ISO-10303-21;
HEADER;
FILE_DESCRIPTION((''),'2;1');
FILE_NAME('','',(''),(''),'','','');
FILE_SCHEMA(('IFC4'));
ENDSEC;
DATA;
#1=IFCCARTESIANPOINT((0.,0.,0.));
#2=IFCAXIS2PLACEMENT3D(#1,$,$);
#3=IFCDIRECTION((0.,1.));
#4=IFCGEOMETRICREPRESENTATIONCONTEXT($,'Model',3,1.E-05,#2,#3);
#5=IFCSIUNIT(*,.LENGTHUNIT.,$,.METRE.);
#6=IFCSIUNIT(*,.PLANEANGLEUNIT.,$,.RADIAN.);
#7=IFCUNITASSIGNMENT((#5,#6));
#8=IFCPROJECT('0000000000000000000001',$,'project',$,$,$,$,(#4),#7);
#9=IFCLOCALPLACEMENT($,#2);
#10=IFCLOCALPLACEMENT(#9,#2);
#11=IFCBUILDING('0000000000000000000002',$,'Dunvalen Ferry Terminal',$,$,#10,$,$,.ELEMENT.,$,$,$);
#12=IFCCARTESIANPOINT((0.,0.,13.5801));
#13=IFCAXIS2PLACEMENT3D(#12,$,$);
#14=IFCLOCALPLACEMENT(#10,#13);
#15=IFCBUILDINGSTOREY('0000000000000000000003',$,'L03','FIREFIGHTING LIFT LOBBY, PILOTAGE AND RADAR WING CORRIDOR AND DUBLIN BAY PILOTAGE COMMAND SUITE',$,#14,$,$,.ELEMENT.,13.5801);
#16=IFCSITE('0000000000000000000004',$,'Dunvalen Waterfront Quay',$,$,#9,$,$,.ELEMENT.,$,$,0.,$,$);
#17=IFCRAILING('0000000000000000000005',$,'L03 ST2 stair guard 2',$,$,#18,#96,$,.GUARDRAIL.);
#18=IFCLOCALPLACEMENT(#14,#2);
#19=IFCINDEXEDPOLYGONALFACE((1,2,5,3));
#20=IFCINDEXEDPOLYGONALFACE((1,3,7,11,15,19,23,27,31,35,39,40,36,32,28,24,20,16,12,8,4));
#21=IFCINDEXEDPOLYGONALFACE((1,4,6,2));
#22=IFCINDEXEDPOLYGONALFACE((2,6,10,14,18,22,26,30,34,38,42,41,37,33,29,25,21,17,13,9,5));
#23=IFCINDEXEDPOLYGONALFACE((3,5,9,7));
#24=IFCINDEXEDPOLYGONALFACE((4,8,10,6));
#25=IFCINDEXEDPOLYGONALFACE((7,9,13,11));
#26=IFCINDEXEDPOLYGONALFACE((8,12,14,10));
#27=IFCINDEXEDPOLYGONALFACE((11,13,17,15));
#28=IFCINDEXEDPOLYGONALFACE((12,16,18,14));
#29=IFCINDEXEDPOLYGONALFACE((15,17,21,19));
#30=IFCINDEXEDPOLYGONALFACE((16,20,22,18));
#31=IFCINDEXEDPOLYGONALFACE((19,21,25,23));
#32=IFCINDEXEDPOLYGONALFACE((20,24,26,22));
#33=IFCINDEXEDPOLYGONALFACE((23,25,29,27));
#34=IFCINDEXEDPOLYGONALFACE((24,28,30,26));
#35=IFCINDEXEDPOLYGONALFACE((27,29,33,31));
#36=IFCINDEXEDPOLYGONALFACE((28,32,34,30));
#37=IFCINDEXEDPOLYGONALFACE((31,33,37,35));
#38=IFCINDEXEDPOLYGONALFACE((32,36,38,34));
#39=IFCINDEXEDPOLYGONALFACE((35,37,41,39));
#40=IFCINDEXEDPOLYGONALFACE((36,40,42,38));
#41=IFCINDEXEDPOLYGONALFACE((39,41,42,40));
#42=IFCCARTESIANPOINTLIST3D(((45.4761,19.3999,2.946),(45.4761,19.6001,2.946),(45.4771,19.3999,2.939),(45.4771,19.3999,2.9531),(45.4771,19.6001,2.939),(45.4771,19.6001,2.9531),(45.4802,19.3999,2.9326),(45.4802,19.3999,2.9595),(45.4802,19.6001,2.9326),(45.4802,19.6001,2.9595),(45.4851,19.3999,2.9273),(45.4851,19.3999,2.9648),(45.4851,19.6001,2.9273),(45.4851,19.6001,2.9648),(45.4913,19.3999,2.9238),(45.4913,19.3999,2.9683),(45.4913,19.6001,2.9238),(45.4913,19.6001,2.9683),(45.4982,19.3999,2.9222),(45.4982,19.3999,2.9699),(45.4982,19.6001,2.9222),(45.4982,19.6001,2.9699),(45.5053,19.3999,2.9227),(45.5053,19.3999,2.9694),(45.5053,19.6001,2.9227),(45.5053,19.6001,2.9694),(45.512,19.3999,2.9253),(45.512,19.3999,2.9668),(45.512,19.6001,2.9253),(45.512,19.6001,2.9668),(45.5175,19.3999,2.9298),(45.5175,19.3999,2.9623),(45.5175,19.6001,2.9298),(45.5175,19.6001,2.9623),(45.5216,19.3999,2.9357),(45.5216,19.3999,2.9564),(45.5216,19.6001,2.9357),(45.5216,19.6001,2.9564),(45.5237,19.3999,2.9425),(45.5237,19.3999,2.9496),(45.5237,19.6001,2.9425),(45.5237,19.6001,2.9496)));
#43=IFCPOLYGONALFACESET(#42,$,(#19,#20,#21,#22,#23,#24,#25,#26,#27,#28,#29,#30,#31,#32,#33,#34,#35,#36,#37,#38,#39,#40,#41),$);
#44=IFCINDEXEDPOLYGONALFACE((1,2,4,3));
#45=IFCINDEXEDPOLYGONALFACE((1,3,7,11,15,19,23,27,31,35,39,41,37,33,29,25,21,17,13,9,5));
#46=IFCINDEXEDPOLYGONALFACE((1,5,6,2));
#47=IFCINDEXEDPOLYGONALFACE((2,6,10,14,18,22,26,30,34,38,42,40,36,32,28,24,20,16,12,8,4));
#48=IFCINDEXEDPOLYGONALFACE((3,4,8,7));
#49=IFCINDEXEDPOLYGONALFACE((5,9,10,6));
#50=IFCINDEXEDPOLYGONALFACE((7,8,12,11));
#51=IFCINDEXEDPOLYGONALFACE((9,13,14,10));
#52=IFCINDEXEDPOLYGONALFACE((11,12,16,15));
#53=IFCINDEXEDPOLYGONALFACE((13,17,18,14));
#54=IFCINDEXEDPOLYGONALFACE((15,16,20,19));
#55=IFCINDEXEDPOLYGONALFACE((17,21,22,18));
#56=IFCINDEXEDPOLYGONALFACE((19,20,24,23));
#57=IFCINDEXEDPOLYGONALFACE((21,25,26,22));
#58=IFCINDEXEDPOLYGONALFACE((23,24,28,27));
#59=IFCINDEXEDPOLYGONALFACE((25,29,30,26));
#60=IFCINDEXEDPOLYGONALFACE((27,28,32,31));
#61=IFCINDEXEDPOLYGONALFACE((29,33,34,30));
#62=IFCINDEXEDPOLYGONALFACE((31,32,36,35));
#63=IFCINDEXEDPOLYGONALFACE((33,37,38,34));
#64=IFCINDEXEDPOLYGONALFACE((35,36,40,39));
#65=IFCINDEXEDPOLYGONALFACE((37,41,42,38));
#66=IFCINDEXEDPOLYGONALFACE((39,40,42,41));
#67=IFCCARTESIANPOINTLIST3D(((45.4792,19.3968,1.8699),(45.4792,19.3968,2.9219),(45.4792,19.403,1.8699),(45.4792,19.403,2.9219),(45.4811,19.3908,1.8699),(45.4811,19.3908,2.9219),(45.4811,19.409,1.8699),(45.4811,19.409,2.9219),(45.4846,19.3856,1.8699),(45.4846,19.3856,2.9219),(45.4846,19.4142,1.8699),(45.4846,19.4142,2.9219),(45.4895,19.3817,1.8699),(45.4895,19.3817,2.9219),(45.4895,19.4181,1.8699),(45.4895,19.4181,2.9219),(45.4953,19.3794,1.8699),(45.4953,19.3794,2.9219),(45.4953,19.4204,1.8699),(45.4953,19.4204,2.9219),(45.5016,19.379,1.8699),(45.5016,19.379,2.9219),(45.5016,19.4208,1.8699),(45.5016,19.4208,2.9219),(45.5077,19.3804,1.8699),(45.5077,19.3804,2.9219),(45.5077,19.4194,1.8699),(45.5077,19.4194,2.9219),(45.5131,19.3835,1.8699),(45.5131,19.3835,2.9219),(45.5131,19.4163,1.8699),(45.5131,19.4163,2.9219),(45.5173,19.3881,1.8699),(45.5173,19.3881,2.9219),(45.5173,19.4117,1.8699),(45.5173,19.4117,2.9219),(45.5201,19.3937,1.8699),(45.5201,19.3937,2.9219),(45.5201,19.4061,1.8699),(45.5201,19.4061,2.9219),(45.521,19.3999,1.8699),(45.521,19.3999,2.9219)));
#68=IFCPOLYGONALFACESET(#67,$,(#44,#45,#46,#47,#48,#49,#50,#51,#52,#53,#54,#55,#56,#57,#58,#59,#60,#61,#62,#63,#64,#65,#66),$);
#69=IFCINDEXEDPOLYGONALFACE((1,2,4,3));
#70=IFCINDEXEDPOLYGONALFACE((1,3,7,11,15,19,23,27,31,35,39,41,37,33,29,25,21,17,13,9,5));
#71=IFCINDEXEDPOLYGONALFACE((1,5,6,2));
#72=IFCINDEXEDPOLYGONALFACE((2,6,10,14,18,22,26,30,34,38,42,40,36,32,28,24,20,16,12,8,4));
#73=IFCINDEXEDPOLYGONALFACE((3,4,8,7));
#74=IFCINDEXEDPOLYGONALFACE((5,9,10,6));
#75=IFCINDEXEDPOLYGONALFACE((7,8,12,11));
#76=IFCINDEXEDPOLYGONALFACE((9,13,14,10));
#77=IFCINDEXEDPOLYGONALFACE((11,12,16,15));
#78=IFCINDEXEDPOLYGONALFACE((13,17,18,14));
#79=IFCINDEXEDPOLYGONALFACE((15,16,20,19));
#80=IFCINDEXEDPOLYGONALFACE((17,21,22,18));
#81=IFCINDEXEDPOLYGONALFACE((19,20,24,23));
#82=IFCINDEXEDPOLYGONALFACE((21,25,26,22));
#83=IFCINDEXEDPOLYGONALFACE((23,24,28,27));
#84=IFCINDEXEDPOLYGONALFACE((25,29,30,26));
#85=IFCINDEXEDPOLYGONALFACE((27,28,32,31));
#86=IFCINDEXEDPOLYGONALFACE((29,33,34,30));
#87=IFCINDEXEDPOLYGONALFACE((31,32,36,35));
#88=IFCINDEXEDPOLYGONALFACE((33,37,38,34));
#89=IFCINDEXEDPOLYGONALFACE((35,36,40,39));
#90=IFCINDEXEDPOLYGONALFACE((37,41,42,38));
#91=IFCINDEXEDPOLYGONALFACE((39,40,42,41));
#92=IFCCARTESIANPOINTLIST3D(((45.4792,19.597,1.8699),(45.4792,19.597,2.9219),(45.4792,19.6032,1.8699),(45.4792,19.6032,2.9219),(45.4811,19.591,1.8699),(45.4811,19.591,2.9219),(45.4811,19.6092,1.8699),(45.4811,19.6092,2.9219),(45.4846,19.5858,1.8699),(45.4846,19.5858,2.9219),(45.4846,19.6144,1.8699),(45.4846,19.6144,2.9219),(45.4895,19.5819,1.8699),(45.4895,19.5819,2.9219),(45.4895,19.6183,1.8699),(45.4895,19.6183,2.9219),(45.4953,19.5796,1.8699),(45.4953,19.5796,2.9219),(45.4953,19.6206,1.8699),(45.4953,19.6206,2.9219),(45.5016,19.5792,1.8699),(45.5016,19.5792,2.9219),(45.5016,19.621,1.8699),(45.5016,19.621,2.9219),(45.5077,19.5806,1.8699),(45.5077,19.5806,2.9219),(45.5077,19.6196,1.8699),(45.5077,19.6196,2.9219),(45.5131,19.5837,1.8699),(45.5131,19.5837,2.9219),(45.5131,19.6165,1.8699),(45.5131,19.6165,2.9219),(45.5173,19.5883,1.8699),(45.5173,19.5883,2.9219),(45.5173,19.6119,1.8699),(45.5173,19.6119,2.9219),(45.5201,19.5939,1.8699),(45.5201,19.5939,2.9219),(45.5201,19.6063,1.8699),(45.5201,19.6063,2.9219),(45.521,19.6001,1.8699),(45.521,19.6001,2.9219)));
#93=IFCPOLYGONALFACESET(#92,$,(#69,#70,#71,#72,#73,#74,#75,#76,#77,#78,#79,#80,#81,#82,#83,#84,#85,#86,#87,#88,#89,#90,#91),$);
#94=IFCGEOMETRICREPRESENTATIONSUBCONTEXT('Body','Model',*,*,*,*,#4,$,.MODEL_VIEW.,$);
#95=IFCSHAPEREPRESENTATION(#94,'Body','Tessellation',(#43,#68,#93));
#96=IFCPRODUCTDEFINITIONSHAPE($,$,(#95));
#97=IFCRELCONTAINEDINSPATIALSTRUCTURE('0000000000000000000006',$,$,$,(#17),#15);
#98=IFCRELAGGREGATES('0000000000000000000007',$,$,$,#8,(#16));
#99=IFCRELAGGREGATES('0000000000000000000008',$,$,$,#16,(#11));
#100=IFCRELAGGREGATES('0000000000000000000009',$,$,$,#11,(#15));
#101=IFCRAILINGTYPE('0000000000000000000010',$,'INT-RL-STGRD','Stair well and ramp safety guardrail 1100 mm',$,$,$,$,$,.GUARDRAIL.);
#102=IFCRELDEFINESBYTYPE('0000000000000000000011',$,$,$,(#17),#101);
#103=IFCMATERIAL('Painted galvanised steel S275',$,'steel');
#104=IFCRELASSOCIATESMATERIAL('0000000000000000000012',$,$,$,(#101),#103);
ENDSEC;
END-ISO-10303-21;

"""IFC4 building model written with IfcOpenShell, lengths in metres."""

from ifc_helpers import new_model, si_unit, direction, frame, origin, origin_2d, place, context, subcontext, project, spatial, circle, extrude, material, type_object, element, save


model = new_model("IFC4")

# Units and contexts
model_context = context("Model", 3, precision=1e-05, world=origin(), true_north=direction((0.0, 1.0)))
body_context = subcontext(model_context, "Body", "Model", "MODEL_VIEW")
ifc_project = project(units=[si_unit("LENGTHUNIT", "METRE"), si_unit("PLANEANGLEUNIT", "RADIAN")], contexts=[model_context])

# Site, building, storey
site_placement = place(None, origin())
site = spatial("IfcSite", under=ifc_project, at=site_placement, Name="Dunvalen Waterfront Quay", CompositionType="ELEMENT", RefElevation=0.0)
building_placement = place(site_placement, origin())
building = spatial("IfcBuilding", under=site, at=building_placement, Name="Dunvalen Ferry Terminal", CompositionType="ELEMENT")
storey_placement = place(building_placement, frame((0.0, 0.0, 13.5801)))
storey = spatial("IfcBuildingStorey", under=building, at=storey_placement, Name="L03", Description="FIREFIGHTING LIFT LOBBY, PILOTAGE AND RADAR WING CORRIDOR AND DUBLIN BAY PILOTAGE COMMAND SUITE", CompositionType="ELEMENT", Elevation=13.5801)

# Railing
ifc_material_1 = material(Name="Painted galvanised steel S275", Category="steel")
railing_type_1 = type_object("IfcRailingType", Name="INT-RL-STGRD", Description="Stair well and ramp safety guardrail 1100 mm", PredefinedType="GUARDRAIL", material=ifc_material_1)
railing_1_placement = place(storey_placement, frame((45.5, 19.3999, 1.8699)))
element("IfcRailing", 1, at=railing_1_placement, inside=storey, type_object=railing_type_1, Name="L03 ST2 stair guard 2", PredefinedType="GUARDRAIL", context=body_context, shape_type="SweptSolid", body=[
    extrude(circle(Radius=0.0239, at=origin_2d()), frame((0.0, 0.0, 1.0762), z_axis=(0.0, 1.0, 0.0), x_axis=(-1.0, 0.0, 0.0)), (0.0, 0.0, 1.0), 0.2002),
    extrude(circle(Radius=0.021, at=origin_2d()), origin(), (0.0, 0.0, 1.0), 1.052),
    extrude(circle(Radius=0.021, at=origin_2d()), frame((0.0, 0.2002, 0.0)), (0.0, 0.0, 1.0), 1.052),
])

save(model, "model.ifc")
